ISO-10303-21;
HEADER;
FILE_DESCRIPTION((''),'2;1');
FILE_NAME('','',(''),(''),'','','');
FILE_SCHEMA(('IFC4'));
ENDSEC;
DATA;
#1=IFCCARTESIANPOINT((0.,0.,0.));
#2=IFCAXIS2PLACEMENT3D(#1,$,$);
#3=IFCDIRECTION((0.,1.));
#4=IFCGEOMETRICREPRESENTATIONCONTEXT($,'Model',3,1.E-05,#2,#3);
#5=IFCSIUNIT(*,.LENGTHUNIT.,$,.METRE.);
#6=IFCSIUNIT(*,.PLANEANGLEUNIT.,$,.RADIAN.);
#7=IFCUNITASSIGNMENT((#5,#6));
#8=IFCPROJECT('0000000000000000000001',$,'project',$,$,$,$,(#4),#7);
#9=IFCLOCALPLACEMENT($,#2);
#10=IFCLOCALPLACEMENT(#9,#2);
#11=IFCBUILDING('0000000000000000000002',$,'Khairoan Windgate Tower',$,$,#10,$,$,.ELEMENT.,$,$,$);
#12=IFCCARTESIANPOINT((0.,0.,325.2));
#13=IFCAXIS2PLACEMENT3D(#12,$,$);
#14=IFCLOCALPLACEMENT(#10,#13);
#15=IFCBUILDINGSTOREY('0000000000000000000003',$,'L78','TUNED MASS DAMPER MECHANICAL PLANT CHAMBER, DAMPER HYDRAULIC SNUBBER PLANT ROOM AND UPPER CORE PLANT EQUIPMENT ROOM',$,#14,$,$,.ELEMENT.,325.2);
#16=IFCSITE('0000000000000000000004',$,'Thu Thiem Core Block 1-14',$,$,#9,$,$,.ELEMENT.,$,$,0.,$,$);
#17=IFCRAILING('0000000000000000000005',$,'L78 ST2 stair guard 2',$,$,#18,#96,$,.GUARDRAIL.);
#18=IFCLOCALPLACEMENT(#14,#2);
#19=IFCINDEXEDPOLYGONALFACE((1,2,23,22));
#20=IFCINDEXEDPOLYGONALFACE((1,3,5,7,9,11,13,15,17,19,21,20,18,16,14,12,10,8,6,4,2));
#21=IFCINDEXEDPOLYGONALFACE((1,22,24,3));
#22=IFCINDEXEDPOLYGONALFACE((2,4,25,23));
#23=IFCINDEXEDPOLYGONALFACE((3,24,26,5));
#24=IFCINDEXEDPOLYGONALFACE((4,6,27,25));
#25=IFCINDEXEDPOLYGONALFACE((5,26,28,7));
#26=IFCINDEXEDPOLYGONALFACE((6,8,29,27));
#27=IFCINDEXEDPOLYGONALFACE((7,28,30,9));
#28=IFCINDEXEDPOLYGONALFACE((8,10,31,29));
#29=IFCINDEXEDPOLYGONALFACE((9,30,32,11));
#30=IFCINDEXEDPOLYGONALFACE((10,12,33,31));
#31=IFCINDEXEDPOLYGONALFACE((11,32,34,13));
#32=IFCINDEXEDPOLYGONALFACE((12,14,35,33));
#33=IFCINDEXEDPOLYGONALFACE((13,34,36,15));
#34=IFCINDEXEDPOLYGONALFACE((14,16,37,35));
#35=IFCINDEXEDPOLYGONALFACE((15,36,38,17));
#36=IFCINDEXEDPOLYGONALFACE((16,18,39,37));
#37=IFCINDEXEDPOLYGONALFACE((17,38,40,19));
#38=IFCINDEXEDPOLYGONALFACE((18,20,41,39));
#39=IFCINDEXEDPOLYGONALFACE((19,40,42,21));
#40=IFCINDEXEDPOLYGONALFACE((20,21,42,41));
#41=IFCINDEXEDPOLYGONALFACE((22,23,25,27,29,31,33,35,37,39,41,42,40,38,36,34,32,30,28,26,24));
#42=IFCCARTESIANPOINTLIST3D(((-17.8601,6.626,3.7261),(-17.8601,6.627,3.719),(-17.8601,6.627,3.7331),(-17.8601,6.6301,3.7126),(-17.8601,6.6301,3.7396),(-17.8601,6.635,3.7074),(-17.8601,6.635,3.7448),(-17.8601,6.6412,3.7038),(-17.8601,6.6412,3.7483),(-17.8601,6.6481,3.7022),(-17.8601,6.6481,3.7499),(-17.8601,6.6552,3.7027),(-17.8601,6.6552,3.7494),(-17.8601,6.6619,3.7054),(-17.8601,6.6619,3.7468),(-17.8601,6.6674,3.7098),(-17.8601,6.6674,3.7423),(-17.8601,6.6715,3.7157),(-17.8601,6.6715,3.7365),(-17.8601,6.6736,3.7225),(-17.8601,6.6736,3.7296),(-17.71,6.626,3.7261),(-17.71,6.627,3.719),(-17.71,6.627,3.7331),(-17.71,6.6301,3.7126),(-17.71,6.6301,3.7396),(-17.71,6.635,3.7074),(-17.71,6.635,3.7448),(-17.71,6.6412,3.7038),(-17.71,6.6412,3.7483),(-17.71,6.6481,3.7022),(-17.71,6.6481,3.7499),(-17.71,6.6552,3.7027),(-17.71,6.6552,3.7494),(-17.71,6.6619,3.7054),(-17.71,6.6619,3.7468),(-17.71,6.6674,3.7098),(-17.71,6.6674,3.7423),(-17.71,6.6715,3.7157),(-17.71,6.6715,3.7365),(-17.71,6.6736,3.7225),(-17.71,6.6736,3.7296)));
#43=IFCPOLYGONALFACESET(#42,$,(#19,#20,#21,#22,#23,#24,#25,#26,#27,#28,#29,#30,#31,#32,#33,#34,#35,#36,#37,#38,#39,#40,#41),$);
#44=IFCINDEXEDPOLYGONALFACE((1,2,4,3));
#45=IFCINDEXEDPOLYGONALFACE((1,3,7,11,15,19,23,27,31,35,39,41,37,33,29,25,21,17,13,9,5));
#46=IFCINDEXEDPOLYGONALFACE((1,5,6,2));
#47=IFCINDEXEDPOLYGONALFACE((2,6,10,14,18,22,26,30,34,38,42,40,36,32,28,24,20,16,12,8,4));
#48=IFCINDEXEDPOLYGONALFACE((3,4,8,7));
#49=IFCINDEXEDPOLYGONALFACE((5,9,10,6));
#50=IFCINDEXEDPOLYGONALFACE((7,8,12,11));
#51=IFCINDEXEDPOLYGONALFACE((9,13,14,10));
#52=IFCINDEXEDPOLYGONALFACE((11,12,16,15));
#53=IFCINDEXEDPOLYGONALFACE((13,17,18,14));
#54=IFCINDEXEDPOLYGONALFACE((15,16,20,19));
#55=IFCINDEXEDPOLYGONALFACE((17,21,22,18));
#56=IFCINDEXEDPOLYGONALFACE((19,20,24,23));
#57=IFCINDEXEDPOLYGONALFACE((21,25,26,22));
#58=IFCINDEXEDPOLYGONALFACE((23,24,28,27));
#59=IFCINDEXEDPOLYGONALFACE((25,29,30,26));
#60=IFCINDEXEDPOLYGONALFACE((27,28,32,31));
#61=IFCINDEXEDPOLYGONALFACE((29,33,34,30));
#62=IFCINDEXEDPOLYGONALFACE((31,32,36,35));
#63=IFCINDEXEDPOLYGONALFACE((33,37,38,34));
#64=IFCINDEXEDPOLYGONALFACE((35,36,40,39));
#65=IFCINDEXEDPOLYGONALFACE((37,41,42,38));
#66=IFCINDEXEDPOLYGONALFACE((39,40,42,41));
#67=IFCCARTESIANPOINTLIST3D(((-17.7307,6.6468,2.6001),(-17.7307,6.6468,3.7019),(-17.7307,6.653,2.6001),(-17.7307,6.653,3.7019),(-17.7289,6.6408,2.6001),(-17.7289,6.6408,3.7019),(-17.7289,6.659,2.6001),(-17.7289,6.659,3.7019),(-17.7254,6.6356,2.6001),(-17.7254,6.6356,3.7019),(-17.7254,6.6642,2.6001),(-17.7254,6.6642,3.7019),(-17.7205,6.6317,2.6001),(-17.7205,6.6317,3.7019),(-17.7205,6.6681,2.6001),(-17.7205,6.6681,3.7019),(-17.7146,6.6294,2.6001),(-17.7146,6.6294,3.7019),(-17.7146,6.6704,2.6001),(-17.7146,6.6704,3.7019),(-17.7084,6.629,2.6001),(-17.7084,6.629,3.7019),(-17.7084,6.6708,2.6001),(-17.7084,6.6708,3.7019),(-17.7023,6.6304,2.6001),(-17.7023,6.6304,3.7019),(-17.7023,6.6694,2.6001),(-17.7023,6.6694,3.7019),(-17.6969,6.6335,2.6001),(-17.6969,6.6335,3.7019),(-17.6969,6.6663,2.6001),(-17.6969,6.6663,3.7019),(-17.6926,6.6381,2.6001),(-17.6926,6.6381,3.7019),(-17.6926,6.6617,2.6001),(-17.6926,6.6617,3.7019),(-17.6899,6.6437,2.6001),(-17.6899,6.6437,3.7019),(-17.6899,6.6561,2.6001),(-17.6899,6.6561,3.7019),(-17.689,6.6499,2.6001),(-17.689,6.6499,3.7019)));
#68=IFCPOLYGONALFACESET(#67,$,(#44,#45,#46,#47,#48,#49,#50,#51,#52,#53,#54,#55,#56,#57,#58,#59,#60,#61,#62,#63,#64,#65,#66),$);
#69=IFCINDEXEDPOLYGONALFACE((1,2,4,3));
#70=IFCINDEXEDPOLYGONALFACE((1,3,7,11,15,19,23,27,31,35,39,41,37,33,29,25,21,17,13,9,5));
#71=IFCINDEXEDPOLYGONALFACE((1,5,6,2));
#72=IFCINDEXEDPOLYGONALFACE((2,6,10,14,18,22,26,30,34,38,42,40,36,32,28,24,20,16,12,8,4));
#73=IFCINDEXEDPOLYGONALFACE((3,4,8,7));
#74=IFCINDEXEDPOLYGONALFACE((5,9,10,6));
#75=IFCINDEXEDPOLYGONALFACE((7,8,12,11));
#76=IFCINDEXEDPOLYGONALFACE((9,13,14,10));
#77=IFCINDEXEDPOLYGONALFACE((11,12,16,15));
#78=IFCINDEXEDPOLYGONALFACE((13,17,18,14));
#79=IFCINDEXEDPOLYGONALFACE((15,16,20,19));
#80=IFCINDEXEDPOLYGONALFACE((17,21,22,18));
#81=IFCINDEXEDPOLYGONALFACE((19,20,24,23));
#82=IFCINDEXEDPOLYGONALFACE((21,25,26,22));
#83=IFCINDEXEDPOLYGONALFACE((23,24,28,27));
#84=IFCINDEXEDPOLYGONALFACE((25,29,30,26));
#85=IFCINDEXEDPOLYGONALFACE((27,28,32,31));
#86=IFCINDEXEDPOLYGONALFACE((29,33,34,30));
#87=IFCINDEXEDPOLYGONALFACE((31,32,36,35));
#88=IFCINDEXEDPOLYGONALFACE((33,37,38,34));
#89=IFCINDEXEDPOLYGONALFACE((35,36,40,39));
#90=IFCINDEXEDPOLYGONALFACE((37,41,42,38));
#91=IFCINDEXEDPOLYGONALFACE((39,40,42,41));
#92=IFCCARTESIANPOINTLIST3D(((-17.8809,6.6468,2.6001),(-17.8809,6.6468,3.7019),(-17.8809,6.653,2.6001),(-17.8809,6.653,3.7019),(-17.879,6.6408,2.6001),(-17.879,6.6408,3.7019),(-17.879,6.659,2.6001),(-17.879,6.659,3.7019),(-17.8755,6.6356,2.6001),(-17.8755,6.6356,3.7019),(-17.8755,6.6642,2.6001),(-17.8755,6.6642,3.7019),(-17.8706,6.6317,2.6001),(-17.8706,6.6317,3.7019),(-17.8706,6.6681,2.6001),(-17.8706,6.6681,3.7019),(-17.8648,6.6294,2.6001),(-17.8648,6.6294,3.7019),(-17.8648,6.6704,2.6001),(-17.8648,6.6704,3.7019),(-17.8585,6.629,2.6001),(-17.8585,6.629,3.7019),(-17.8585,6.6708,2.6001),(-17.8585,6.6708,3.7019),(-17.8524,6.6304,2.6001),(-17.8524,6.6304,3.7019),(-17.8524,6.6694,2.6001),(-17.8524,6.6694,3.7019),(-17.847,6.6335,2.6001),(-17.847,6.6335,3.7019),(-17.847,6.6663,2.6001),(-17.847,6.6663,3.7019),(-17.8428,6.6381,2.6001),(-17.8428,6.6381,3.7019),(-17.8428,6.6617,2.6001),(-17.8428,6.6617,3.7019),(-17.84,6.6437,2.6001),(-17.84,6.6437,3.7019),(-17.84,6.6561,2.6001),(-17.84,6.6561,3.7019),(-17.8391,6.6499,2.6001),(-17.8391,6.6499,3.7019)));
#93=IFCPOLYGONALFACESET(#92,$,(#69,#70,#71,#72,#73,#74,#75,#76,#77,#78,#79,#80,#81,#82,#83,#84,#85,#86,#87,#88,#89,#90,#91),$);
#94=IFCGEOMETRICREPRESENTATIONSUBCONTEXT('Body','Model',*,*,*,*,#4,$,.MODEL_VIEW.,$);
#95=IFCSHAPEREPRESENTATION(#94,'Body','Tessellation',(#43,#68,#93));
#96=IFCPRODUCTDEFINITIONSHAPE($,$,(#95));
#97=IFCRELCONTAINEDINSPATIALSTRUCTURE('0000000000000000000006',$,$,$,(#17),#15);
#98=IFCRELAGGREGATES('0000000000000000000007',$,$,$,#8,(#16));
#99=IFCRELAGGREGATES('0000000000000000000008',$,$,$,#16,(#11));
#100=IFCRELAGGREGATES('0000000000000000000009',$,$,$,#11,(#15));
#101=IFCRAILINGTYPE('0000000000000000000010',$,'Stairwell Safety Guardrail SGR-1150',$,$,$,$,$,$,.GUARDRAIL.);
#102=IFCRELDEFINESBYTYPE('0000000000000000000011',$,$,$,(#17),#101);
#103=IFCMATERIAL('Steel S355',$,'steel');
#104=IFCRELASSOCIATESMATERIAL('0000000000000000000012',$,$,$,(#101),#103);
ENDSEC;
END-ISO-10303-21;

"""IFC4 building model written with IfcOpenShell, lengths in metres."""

from ifc_helpers import new_model, si_unit, direction, frame, origin, origin_2d, place, context, subcontext, project, spatial, circle, extrude, material, type_object, element, save


model = new_model("IFC4")

# Units and contexts
model_context = context("Model", 3, precision=1e-05, world=origin(), true_north=direction((0.0, 1.0)))
body_context = subcontext(model_context, "Body", "Model", "MODEL_VIEW")
ifc_project = project(units=[si_unit("LENGTHUNIT", "METRE"), si_unit("PLANEANGLEUNIT", "RADIAN")], contexts=[model_context])

# Site, building, storey
site_placement = place(None, origin())
site = spatial("IfcSite", under=ifc_project, at=site_placement, Name="Thu Thiem Core Block 1-14", CompositionType="ELEMENT", RefElevation=0.0)
building_placement = place(site_placement, origin())
building = spatial("IfcBuilding", under=site, at=building_placement, Name="Khairoan Windgate Tower", CompositionType="ELEMENT")
storey_placement = place(building_placement, frame((0.0, 0.0, 325.2)))
storey = spatial("IfcBuildingStorey", under=building, at=storey_placement, Name="L78", Description="TUNED MASS DAMPER MECHANICAL PLANT CHAMBER, DAMPER HYDRAULIC SNUBBER PLANT ROOM AND UPPER CORE PLANT EQUIPMENT ROOM", CompositionType="ELEMENT", Elevation=325.2)

# Railing
ifc_material_1 = material(Name="Steel S355", Category="steel")
railing_type = type_object("IfcRailingType", Name="Stairwell Safety Guardrail SGR-1150", PredefinedType="GUARDRAIL", material=ifc_material_1)
railing_1_placement = place(storey_placement, frame((-17.71, 6.6499, 2.6001)))
element("IfcRailing", 1, at=railing_1_placement, inside=storey, type_object=railing_type, Name="L78 ST2 stair guard 2", PredefinedType="GUARDRAIL", context=body_context, shape_type="SweptSolid", body=[
    extrude(circle(Radius=0.0239, at=origin_2d()), frame((0.0, 0.0, 1.126), z_axis=(-1.0, 0.0, 0.0), x_axis=(0.0, -1.0, 0.0)), (0.0, 0.0, 1.0), 0.1501),
    extrude(circle(Radius=0.021, at=origin_2d()), origin(), (0.0, 0.0, 1.0), 1.1018),
    extrude(circle(Radius=0.021, at=origin_2d()), frame((-0.1501, 0.0, 0.0)), (0.0, 0.0, 1.0), 1.1018),
])

save(model, "model.ifc")
